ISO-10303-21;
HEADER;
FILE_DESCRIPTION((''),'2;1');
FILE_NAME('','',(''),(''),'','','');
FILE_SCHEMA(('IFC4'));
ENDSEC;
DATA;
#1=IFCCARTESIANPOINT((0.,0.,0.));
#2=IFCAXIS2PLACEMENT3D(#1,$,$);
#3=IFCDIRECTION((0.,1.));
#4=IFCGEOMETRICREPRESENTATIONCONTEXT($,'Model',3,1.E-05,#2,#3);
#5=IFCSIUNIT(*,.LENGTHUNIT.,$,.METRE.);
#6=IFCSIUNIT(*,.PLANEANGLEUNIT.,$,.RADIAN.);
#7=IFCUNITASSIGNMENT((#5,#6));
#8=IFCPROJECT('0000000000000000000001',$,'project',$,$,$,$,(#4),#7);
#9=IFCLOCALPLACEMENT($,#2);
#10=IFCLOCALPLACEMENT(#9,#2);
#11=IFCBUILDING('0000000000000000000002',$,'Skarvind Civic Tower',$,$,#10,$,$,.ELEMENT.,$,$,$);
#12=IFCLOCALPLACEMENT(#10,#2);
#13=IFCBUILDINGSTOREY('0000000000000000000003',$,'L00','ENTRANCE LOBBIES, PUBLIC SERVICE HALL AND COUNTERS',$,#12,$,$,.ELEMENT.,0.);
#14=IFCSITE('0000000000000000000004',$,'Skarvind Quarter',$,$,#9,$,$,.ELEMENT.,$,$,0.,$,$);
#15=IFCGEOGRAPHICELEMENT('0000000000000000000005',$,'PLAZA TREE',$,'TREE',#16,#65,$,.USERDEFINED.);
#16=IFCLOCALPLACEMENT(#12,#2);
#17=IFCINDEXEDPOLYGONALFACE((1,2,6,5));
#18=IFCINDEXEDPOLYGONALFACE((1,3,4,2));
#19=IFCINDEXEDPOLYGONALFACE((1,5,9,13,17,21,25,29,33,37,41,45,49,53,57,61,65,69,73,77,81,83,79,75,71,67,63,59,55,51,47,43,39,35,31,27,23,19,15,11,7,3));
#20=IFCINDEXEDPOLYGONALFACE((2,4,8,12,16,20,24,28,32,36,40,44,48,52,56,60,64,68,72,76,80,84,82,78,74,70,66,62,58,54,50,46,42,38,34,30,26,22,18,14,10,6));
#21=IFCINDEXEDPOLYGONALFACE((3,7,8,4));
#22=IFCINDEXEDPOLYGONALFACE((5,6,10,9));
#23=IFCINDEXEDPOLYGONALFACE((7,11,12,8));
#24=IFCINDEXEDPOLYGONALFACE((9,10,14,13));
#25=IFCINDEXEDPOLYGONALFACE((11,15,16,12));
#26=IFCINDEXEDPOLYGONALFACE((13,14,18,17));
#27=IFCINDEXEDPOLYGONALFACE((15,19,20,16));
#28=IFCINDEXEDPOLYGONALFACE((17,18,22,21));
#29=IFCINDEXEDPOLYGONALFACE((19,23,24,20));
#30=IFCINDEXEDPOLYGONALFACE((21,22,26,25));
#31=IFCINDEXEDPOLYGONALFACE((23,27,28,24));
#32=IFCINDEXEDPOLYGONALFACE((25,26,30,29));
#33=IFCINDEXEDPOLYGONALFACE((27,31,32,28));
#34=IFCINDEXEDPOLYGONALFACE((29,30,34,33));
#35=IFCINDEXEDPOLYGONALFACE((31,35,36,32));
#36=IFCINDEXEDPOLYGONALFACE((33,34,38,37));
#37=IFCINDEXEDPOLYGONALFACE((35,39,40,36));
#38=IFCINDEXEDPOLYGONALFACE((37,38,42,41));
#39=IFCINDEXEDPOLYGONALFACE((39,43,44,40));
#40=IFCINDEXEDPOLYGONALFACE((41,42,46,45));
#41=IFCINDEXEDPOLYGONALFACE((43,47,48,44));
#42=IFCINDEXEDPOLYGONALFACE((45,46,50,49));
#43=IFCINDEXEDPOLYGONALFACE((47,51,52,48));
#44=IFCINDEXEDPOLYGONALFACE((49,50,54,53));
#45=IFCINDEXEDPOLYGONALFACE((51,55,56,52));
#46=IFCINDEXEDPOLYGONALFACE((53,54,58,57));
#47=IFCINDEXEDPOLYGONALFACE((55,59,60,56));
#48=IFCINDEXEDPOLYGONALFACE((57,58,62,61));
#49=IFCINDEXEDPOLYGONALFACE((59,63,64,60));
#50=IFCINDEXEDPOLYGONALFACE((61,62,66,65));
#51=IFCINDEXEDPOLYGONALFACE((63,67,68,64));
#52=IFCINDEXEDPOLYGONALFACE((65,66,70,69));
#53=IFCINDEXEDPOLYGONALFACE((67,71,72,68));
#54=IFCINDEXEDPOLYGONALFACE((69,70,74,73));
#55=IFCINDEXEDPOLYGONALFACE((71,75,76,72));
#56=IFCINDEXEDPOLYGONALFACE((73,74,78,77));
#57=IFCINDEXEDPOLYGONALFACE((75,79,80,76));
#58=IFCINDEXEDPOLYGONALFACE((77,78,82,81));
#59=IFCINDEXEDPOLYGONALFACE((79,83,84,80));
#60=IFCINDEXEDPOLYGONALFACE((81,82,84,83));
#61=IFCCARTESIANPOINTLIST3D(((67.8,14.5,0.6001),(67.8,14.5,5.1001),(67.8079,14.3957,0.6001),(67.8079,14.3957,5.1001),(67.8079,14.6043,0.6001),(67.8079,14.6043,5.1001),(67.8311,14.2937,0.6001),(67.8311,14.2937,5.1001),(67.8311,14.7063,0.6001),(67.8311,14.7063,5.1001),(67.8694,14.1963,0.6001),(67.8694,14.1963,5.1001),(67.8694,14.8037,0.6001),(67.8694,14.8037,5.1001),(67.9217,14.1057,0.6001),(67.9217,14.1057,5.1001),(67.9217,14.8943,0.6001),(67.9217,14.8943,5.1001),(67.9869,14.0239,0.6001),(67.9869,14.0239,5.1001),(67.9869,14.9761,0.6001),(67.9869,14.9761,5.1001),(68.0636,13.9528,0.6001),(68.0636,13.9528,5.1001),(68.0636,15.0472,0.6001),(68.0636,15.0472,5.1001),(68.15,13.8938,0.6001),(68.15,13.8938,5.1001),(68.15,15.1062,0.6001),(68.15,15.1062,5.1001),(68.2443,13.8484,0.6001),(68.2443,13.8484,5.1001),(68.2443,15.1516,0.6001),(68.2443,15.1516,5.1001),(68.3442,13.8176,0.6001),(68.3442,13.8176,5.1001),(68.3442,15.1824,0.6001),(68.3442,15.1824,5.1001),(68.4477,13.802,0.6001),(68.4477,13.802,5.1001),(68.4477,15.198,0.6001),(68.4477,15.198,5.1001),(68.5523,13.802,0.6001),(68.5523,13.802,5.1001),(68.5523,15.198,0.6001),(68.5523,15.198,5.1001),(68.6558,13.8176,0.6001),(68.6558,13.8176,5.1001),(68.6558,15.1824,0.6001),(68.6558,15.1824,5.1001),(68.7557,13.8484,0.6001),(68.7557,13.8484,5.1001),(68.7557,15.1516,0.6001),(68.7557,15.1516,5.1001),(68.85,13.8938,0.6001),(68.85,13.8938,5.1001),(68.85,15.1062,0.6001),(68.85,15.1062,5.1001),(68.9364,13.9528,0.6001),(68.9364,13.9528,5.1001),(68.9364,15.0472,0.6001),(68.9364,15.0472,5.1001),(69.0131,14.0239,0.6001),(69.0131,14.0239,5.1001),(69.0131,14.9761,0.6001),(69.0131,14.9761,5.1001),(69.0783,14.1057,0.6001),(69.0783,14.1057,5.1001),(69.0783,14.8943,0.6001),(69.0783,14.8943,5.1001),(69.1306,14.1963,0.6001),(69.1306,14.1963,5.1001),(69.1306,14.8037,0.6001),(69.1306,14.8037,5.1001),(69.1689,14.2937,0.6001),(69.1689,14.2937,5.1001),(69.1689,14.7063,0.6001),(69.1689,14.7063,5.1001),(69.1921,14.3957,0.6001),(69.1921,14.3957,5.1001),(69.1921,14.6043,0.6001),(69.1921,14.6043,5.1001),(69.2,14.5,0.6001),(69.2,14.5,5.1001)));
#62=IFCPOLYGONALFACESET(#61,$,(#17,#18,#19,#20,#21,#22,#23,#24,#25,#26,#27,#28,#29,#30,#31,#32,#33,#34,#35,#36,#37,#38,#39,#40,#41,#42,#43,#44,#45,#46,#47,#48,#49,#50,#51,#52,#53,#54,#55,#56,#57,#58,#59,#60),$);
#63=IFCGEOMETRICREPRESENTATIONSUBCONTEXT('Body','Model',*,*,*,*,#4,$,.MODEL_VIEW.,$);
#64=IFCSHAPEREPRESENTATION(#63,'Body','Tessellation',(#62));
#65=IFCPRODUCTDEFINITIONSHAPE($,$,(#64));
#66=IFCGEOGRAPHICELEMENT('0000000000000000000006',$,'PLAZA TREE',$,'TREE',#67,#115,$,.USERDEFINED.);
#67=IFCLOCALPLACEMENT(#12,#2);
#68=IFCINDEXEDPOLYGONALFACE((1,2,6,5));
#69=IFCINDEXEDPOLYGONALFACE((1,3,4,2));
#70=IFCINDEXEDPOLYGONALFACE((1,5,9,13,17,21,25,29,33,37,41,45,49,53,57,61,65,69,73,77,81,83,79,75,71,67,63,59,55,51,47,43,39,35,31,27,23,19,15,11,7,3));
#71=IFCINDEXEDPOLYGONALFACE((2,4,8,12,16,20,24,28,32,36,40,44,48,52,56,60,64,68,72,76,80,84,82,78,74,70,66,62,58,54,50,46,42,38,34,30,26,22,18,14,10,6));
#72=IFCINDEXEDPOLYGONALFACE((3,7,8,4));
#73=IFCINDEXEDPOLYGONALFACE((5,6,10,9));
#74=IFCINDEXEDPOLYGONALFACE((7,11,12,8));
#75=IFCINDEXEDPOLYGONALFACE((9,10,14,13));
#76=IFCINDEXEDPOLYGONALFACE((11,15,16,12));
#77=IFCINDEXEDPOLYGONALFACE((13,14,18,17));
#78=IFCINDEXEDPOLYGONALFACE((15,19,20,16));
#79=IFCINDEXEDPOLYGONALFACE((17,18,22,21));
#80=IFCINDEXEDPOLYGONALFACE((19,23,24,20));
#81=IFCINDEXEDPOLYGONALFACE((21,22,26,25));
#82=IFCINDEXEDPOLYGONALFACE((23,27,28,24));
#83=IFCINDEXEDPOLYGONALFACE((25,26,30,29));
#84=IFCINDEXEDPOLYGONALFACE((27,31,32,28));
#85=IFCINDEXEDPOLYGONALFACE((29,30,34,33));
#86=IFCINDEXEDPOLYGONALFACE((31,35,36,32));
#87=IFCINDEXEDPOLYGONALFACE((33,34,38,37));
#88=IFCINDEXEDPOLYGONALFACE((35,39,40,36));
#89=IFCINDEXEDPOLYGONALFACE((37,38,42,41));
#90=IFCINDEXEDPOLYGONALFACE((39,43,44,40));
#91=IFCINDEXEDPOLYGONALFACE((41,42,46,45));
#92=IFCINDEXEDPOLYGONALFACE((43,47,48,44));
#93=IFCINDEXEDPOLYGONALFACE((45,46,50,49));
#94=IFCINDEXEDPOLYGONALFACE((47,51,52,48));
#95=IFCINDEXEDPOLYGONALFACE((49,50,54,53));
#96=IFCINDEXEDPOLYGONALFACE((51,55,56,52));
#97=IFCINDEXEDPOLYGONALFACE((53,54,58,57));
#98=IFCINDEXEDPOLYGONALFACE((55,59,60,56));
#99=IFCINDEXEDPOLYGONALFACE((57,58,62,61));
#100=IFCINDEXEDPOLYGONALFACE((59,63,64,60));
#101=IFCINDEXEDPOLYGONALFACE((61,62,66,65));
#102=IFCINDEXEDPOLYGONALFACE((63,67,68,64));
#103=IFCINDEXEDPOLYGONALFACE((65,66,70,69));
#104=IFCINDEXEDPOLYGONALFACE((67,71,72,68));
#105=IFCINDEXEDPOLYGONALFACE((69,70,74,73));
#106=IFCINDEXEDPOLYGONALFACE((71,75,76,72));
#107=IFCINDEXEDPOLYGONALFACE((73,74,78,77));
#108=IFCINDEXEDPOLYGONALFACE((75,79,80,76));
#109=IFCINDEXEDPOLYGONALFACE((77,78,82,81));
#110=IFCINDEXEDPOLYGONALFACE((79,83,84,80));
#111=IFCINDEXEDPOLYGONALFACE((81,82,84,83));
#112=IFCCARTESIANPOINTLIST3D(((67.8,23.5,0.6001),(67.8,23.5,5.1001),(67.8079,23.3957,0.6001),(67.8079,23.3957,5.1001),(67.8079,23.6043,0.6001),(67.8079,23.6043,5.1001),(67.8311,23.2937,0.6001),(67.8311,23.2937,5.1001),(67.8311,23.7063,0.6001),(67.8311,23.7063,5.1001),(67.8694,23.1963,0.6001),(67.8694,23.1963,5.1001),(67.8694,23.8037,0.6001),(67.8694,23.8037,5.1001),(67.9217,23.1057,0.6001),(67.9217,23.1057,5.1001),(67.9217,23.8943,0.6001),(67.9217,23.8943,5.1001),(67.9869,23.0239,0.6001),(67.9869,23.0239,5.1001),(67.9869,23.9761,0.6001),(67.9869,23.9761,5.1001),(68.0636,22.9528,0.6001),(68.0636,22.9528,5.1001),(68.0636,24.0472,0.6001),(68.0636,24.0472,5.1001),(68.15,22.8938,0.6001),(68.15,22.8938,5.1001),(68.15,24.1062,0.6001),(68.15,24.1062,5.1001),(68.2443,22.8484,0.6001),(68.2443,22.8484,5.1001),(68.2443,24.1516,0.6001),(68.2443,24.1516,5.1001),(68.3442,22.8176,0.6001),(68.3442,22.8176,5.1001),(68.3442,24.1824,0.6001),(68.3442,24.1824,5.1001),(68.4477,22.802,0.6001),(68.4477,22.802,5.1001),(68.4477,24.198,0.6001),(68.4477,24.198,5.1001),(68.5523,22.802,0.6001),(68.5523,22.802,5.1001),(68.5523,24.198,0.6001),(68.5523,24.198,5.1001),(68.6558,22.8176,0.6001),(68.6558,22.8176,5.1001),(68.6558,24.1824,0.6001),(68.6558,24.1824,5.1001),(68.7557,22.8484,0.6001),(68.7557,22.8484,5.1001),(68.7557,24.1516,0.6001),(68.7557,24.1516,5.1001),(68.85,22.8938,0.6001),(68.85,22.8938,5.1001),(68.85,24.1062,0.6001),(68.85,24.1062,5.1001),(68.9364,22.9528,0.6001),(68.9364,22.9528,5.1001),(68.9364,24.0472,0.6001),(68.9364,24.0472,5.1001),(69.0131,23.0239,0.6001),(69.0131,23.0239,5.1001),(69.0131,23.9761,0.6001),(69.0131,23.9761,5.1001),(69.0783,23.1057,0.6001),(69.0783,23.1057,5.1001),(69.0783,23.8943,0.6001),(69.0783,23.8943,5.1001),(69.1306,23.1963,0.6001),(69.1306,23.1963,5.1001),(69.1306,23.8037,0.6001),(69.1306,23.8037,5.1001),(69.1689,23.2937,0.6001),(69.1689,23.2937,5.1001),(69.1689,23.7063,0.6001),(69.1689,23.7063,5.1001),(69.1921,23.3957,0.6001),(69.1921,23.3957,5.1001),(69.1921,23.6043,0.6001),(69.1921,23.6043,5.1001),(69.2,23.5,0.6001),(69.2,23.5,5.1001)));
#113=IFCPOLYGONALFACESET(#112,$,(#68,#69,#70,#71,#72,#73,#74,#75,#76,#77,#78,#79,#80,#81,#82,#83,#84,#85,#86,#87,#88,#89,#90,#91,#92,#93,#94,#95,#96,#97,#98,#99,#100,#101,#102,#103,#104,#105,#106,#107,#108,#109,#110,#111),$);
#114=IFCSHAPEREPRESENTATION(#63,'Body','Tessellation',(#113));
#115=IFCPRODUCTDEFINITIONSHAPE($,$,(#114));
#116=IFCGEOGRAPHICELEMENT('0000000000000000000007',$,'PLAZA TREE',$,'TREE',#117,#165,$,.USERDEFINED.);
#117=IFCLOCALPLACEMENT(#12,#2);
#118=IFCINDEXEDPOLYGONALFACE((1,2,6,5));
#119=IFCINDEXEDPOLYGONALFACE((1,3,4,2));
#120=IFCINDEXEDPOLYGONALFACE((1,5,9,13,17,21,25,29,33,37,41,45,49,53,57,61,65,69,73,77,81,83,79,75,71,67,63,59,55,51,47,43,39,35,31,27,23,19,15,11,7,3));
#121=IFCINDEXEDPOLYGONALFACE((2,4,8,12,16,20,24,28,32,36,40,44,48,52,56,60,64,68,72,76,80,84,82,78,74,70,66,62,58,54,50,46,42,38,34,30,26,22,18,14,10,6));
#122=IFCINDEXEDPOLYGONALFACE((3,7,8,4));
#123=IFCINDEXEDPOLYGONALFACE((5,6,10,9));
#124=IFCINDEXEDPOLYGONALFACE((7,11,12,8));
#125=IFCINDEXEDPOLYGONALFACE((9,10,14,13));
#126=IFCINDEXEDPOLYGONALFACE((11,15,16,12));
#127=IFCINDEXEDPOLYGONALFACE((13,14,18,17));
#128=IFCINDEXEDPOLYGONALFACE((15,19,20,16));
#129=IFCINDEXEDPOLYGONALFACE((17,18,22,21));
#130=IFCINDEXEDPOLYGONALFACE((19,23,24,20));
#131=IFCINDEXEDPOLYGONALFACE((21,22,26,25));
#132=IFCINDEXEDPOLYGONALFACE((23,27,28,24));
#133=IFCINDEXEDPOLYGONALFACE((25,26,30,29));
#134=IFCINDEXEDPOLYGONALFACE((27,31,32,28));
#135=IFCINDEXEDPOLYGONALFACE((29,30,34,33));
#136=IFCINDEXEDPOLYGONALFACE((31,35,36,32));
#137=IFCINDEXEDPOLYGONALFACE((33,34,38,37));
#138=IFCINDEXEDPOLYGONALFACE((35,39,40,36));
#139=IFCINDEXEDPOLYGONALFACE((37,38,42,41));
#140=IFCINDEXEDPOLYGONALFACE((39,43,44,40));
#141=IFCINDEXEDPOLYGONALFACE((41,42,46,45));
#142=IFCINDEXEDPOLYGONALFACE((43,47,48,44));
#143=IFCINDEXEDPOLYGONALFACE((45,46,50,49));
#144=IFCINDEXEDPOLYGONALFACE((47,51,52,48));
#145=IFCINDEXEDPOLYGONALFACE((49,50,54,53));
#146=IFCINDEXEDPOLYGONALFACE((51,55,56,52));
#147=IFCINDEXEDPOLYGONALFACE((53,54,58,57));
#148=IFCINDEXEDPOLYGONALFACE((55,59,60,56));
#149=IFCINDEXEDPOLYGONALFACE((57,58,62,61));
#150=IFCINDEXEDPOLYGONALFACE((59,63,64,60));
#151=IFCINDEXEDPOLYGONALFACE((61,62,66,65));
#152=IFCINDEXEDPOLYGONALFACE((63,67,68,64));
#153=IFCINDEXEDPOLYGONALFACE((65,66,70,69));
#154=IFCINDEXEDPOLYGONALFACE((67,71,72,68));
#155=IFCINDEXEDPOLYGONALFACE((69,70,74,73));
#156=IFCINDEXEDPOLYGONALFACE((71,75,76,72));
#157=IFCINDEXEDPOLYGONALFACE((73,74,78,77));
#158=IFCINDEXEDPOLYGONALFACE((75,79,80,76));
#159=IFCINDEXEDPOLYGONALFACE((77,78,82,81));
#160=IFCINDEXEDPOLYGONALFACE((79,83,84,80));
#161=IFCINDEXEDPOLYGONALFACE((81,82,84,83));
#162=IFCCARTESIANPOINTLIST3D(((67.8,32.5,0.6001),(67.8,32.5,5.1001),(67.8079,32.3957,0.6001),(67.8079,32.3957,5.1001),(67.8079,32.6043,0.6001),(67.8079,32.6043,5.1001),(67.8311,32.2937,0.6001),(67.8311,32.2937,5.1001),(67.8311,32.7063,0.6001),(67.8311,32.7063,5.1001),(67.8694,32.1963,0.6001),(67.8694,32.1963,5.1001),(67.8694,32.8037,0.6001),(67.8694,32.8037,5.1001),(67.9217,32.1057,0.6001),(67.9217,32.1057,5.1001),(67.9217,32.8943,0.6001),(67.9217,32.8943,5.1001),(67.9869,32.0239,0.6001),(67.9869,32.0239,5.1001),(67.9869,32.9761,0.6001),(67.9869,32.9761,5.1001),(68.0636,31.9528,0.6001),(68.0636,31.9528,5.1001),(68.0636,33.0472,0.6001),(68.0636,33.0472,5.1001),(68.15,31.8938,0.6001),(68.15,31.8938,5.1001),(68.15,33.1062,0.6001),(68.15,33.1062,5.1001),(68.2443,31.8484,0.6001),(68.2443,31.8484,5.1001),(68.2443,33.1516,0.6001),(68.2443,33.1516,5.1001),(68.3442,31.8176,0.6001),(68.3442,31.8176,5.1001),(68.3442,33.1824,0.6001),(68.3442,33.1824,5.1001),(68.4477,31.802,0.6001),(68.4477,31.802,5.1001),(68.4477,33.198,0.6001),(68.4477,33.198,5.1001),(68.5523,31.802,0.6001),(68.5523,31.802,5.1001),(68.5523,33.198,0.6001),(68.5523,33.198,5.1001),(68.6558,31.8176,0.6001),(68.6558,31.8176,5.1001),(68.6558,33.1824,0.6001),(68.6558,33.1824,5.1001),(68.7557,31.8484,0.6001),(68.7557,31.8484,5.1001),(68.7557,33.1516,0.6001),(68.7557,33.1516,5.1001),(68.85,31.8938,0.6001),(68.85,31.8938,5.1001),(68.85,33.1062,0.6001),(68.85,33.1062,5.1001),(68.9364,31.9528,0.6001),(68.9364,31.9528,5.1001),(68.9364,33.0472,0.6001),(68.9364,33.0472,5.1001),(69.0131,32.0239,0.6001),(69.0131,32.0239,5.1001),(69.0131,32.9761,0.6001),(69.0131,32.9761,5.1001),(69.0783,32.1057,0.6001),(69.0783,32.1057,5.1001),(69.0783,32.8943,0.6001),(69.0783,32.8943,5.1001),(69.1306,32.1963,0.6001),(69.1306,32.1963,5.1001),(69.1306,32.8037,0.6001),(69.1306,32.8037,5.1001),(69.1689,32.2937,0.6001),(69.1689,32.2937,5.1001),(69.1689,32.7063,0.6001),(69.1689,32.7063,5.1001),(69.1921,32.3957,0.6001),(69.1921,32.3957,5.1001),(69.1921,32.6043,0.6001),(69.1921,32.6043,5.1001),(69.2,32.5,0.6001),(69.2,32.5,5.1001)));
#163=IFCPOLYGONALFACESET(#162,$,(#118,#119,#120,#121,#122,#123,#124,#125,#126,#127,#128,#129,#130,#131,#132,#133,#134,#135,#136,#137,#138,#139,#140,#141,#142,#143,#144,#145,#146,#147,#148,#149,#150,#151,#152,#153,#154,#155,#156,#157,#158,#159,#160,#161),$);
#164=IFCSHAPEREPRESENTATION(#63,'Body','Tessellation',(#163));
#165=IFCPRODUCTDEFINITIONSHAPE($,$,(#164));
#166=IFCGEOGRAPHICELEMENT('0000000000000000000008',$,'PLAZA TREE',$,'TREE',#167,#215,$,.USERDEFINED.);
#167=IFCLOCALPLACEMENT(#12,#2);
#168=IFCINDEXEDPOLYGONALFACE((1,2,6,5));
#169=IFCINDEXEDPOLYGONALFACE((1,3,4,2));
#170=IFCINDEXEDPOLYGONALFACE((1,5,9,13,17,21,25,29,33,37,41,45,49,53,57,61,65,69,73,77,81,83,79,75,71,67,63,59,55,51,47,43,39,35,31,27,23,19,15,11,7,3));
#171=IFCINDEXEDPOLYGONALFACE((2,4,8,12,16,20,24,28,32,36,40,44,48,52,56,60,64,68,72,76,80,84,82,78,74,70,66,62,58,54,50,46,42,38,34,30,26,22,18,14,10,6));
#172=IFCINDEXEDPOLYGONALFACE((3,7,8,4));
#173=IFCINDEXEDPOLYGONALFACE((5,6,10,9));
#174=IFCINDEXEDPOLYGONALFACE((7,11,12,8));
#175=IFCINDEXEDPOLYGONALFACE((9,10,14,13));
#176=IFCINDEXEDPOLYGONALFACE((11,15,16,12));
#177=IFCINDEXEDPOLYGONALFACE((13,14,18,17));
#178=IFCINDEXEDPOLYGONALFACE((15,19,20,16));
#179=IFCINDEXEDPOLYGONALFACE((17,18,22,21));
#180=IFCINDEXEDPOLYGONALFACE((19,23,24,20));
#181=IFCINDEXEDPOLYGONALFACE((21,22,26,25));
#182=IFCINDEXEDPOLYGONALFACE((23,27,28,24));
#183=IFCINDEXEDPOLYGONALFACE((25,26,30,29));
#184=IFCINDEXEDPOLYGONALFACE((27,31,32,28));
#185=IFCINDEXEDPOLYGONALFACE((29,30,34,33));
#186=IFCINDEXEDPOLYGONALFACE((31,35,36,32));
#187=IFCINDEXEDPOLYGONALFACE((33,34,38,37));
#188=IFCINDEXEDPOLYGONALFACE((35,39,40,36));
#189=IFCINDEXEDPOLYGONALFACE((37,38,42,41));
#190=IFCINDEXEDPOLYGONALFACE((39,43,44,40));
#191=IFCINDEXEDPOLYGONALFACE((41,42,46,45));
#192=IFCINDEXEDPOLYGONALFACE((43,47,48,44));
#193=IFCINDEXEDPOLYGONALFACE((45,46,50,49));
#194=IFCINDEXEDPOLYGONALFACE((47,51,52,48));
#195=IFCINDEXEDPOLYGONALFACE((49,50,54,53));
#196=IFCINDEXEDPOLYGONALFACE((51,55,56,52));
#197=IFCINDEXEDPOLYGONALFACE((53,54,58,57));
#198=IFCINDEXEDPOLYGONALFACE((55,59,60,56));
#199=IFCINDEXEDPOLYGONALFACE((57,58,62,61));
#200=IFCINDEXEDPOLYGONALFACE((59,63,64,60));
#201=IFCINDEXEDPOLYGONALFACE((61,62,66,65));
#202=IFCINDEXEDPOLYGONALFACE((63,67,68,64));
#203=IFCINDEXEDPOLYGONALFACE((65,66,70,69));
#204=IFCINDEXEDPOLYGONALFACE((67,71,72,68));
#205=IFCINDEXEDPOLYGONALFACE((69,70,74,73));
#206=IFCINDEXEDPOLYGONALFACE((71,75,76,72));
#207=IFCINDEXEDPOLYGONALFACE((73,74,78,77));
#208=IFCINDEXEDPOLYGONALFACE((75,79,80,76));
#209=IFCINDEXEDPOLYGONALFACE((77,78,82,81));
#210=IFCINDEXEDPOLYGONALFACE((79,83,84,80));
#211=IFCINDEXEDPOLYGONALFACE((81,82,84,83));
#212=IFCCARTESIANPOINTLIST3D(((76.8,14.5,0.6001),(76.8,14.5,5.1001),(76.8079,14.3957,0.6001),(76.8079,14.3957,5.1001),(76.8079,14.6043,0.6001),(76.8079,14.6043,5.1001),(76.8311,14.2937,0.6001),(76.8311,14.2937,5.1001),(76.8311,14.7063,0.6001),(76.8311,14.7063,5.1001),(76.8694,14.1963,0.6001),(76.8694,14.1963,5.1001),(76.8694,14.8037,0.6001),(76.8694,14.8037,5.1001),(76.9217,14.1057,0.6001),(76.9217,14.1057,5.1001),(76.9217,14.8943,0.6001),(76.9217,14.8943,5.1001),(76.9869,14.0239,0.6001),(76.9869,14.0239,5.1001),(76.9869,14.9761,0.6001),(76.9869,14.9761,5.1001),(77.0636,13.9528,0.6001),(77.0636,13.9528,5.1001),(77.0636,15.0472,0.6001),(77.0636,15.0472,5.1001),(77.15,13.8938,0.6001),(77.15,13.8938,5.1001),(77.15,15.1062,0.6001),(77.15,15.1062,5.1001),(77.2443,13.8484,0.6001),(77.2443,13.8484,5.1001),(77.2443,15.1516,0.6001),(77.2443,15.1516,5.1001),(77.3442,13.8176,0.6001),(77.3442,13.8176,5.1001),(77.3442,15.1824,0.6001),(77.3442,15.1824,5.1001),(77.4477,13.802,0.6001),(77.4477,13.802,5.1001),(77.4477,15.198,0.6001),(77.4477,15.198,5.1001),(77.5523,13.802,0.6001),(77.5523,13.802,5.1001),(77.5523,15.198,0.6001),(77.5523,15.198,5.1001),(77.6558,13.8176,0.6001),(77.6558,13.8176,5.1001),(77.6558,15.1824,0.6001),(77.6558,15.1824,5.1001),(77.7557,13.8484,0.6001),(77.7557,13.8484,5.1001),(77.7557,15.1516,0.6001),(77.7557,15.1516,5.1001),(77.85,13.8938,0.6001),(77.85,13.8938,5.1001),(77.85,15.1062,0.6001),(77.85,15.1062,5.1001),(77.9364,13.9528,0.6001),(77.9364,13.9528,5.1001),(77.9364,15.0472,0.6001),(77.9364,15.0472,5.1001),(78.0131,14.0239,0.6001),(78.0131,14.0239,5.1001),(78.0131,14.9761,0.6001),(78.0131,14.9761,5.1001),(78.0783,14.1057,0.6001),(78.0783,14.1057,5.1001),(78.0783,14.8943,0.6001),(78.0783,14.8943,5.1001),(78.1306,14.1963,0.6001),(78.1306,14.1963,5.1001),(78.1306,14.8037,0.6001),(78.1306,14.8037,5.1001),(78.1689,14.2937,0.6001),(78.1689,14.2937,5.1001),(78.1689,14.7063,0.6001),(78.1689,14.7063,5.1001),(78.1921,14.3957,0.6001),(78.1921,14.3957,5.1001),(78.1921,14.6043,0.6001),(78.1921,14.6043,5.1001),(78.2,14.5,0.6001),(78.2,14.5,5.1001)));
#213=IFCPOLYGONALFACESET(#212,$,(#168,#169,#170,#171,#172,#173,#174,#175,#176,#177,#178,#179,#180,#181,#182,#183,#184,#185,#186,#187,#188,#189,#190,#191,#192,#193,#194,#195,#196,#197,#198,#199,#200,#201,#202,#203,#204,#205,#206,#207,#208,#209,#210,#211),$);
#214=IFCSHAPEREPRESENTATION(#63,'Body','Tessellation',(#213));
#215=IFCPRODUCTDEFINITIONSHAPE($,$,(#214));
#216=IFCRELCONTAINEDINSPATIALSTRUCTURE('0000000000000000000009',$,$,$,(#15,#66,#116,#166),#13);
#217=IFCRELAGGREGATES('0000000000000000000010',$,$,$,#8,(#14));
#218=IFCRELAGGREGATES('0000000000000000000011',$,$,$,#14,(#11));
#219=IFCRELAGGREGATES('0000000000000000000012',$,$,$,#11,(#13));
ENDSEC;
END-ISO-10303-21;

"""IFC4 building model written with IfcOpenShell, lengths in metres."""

from ifc_helpers import new_model, si_unit, direction, frame, origin, origin_2d, place, context, subcontext, project, spatial, circle, extrude, element, save


model = new_model("IFC4")

# Units and contexts
model_context = context("Model", 3, precision=1e-05, world=origin(), true_north=direction((0.0, 1.0)))
body_context = subcontext(model_context, "Body", "Model", "MODEL_VIEW")
ifc_project = project(units=[si_unit("LENGTHUNIT", "METRE"), si_unit("PLANEANGLEUNIT", "RADIAN")], contexts=[model_context])

# Site, building, storey
site_placement = place(None, origin())
site = spatial("IfcSite", under=ifc_project, at=site_placement, Name="Skarvind Quarter", CompositionType="ELEMENT", RefElevation=0.0)
building_placement = place(site_placement, origin())
building = spatial("IfcBuilding", under=site, at=building_placement, Name="Skarvind Civic Tower", CompositionType="ELEMENT")
storey_placement = place(building_placement, origin())
storey = spatial("IfcBuildingStorey", under=building, at=storey_placement, Name="L00", Description="ENTRANCE LOBBIES, PUBLIC SERVICE HALL AND COUNTERS", CompositionType="ELEMENT", Elevation=0.0)

# Geographic elements
for number, where, z_axis, x_axis, name in (
    (1, (68.5, 14.5, 0.6001), (0.0, 0.0, 1.0), (1.0, 0.0, 0.0), "PLAZA TREE"),
    (2, (68.5, 23.5, 0.6001), (0.0, 0.0, 1.0), (1.0, 0.0, 0.0), "PLAZA TREE"),
    (3, (68.5, 32.5, 0.6001), (0.0, 0.0, 1.0), (1.0, 0.0, 0.0), "PLAZA TREE"),
    (4, (77.5, 14.5, 0.6001), (0.0, 0.0, 1.0), (1.0, 0.0, 0.0), "PLAZA TREE"),
):
    element("IfcGeographicElement", number, at=place(storey_placement, frame(where, z_axis=z_axis, x_axis=x_axis)), inside=storey, Name=name, ObjectType="TREE", PredefinedType="USERDEFINED", context=body_context, shape_type="SweptSolid", body=[
        extrude(circle(Radius=0.7, at=origin_2d()), origin(), (0.0, 0.0, 1.0), 4.5),
    ])

save(model, "model.ifc")
